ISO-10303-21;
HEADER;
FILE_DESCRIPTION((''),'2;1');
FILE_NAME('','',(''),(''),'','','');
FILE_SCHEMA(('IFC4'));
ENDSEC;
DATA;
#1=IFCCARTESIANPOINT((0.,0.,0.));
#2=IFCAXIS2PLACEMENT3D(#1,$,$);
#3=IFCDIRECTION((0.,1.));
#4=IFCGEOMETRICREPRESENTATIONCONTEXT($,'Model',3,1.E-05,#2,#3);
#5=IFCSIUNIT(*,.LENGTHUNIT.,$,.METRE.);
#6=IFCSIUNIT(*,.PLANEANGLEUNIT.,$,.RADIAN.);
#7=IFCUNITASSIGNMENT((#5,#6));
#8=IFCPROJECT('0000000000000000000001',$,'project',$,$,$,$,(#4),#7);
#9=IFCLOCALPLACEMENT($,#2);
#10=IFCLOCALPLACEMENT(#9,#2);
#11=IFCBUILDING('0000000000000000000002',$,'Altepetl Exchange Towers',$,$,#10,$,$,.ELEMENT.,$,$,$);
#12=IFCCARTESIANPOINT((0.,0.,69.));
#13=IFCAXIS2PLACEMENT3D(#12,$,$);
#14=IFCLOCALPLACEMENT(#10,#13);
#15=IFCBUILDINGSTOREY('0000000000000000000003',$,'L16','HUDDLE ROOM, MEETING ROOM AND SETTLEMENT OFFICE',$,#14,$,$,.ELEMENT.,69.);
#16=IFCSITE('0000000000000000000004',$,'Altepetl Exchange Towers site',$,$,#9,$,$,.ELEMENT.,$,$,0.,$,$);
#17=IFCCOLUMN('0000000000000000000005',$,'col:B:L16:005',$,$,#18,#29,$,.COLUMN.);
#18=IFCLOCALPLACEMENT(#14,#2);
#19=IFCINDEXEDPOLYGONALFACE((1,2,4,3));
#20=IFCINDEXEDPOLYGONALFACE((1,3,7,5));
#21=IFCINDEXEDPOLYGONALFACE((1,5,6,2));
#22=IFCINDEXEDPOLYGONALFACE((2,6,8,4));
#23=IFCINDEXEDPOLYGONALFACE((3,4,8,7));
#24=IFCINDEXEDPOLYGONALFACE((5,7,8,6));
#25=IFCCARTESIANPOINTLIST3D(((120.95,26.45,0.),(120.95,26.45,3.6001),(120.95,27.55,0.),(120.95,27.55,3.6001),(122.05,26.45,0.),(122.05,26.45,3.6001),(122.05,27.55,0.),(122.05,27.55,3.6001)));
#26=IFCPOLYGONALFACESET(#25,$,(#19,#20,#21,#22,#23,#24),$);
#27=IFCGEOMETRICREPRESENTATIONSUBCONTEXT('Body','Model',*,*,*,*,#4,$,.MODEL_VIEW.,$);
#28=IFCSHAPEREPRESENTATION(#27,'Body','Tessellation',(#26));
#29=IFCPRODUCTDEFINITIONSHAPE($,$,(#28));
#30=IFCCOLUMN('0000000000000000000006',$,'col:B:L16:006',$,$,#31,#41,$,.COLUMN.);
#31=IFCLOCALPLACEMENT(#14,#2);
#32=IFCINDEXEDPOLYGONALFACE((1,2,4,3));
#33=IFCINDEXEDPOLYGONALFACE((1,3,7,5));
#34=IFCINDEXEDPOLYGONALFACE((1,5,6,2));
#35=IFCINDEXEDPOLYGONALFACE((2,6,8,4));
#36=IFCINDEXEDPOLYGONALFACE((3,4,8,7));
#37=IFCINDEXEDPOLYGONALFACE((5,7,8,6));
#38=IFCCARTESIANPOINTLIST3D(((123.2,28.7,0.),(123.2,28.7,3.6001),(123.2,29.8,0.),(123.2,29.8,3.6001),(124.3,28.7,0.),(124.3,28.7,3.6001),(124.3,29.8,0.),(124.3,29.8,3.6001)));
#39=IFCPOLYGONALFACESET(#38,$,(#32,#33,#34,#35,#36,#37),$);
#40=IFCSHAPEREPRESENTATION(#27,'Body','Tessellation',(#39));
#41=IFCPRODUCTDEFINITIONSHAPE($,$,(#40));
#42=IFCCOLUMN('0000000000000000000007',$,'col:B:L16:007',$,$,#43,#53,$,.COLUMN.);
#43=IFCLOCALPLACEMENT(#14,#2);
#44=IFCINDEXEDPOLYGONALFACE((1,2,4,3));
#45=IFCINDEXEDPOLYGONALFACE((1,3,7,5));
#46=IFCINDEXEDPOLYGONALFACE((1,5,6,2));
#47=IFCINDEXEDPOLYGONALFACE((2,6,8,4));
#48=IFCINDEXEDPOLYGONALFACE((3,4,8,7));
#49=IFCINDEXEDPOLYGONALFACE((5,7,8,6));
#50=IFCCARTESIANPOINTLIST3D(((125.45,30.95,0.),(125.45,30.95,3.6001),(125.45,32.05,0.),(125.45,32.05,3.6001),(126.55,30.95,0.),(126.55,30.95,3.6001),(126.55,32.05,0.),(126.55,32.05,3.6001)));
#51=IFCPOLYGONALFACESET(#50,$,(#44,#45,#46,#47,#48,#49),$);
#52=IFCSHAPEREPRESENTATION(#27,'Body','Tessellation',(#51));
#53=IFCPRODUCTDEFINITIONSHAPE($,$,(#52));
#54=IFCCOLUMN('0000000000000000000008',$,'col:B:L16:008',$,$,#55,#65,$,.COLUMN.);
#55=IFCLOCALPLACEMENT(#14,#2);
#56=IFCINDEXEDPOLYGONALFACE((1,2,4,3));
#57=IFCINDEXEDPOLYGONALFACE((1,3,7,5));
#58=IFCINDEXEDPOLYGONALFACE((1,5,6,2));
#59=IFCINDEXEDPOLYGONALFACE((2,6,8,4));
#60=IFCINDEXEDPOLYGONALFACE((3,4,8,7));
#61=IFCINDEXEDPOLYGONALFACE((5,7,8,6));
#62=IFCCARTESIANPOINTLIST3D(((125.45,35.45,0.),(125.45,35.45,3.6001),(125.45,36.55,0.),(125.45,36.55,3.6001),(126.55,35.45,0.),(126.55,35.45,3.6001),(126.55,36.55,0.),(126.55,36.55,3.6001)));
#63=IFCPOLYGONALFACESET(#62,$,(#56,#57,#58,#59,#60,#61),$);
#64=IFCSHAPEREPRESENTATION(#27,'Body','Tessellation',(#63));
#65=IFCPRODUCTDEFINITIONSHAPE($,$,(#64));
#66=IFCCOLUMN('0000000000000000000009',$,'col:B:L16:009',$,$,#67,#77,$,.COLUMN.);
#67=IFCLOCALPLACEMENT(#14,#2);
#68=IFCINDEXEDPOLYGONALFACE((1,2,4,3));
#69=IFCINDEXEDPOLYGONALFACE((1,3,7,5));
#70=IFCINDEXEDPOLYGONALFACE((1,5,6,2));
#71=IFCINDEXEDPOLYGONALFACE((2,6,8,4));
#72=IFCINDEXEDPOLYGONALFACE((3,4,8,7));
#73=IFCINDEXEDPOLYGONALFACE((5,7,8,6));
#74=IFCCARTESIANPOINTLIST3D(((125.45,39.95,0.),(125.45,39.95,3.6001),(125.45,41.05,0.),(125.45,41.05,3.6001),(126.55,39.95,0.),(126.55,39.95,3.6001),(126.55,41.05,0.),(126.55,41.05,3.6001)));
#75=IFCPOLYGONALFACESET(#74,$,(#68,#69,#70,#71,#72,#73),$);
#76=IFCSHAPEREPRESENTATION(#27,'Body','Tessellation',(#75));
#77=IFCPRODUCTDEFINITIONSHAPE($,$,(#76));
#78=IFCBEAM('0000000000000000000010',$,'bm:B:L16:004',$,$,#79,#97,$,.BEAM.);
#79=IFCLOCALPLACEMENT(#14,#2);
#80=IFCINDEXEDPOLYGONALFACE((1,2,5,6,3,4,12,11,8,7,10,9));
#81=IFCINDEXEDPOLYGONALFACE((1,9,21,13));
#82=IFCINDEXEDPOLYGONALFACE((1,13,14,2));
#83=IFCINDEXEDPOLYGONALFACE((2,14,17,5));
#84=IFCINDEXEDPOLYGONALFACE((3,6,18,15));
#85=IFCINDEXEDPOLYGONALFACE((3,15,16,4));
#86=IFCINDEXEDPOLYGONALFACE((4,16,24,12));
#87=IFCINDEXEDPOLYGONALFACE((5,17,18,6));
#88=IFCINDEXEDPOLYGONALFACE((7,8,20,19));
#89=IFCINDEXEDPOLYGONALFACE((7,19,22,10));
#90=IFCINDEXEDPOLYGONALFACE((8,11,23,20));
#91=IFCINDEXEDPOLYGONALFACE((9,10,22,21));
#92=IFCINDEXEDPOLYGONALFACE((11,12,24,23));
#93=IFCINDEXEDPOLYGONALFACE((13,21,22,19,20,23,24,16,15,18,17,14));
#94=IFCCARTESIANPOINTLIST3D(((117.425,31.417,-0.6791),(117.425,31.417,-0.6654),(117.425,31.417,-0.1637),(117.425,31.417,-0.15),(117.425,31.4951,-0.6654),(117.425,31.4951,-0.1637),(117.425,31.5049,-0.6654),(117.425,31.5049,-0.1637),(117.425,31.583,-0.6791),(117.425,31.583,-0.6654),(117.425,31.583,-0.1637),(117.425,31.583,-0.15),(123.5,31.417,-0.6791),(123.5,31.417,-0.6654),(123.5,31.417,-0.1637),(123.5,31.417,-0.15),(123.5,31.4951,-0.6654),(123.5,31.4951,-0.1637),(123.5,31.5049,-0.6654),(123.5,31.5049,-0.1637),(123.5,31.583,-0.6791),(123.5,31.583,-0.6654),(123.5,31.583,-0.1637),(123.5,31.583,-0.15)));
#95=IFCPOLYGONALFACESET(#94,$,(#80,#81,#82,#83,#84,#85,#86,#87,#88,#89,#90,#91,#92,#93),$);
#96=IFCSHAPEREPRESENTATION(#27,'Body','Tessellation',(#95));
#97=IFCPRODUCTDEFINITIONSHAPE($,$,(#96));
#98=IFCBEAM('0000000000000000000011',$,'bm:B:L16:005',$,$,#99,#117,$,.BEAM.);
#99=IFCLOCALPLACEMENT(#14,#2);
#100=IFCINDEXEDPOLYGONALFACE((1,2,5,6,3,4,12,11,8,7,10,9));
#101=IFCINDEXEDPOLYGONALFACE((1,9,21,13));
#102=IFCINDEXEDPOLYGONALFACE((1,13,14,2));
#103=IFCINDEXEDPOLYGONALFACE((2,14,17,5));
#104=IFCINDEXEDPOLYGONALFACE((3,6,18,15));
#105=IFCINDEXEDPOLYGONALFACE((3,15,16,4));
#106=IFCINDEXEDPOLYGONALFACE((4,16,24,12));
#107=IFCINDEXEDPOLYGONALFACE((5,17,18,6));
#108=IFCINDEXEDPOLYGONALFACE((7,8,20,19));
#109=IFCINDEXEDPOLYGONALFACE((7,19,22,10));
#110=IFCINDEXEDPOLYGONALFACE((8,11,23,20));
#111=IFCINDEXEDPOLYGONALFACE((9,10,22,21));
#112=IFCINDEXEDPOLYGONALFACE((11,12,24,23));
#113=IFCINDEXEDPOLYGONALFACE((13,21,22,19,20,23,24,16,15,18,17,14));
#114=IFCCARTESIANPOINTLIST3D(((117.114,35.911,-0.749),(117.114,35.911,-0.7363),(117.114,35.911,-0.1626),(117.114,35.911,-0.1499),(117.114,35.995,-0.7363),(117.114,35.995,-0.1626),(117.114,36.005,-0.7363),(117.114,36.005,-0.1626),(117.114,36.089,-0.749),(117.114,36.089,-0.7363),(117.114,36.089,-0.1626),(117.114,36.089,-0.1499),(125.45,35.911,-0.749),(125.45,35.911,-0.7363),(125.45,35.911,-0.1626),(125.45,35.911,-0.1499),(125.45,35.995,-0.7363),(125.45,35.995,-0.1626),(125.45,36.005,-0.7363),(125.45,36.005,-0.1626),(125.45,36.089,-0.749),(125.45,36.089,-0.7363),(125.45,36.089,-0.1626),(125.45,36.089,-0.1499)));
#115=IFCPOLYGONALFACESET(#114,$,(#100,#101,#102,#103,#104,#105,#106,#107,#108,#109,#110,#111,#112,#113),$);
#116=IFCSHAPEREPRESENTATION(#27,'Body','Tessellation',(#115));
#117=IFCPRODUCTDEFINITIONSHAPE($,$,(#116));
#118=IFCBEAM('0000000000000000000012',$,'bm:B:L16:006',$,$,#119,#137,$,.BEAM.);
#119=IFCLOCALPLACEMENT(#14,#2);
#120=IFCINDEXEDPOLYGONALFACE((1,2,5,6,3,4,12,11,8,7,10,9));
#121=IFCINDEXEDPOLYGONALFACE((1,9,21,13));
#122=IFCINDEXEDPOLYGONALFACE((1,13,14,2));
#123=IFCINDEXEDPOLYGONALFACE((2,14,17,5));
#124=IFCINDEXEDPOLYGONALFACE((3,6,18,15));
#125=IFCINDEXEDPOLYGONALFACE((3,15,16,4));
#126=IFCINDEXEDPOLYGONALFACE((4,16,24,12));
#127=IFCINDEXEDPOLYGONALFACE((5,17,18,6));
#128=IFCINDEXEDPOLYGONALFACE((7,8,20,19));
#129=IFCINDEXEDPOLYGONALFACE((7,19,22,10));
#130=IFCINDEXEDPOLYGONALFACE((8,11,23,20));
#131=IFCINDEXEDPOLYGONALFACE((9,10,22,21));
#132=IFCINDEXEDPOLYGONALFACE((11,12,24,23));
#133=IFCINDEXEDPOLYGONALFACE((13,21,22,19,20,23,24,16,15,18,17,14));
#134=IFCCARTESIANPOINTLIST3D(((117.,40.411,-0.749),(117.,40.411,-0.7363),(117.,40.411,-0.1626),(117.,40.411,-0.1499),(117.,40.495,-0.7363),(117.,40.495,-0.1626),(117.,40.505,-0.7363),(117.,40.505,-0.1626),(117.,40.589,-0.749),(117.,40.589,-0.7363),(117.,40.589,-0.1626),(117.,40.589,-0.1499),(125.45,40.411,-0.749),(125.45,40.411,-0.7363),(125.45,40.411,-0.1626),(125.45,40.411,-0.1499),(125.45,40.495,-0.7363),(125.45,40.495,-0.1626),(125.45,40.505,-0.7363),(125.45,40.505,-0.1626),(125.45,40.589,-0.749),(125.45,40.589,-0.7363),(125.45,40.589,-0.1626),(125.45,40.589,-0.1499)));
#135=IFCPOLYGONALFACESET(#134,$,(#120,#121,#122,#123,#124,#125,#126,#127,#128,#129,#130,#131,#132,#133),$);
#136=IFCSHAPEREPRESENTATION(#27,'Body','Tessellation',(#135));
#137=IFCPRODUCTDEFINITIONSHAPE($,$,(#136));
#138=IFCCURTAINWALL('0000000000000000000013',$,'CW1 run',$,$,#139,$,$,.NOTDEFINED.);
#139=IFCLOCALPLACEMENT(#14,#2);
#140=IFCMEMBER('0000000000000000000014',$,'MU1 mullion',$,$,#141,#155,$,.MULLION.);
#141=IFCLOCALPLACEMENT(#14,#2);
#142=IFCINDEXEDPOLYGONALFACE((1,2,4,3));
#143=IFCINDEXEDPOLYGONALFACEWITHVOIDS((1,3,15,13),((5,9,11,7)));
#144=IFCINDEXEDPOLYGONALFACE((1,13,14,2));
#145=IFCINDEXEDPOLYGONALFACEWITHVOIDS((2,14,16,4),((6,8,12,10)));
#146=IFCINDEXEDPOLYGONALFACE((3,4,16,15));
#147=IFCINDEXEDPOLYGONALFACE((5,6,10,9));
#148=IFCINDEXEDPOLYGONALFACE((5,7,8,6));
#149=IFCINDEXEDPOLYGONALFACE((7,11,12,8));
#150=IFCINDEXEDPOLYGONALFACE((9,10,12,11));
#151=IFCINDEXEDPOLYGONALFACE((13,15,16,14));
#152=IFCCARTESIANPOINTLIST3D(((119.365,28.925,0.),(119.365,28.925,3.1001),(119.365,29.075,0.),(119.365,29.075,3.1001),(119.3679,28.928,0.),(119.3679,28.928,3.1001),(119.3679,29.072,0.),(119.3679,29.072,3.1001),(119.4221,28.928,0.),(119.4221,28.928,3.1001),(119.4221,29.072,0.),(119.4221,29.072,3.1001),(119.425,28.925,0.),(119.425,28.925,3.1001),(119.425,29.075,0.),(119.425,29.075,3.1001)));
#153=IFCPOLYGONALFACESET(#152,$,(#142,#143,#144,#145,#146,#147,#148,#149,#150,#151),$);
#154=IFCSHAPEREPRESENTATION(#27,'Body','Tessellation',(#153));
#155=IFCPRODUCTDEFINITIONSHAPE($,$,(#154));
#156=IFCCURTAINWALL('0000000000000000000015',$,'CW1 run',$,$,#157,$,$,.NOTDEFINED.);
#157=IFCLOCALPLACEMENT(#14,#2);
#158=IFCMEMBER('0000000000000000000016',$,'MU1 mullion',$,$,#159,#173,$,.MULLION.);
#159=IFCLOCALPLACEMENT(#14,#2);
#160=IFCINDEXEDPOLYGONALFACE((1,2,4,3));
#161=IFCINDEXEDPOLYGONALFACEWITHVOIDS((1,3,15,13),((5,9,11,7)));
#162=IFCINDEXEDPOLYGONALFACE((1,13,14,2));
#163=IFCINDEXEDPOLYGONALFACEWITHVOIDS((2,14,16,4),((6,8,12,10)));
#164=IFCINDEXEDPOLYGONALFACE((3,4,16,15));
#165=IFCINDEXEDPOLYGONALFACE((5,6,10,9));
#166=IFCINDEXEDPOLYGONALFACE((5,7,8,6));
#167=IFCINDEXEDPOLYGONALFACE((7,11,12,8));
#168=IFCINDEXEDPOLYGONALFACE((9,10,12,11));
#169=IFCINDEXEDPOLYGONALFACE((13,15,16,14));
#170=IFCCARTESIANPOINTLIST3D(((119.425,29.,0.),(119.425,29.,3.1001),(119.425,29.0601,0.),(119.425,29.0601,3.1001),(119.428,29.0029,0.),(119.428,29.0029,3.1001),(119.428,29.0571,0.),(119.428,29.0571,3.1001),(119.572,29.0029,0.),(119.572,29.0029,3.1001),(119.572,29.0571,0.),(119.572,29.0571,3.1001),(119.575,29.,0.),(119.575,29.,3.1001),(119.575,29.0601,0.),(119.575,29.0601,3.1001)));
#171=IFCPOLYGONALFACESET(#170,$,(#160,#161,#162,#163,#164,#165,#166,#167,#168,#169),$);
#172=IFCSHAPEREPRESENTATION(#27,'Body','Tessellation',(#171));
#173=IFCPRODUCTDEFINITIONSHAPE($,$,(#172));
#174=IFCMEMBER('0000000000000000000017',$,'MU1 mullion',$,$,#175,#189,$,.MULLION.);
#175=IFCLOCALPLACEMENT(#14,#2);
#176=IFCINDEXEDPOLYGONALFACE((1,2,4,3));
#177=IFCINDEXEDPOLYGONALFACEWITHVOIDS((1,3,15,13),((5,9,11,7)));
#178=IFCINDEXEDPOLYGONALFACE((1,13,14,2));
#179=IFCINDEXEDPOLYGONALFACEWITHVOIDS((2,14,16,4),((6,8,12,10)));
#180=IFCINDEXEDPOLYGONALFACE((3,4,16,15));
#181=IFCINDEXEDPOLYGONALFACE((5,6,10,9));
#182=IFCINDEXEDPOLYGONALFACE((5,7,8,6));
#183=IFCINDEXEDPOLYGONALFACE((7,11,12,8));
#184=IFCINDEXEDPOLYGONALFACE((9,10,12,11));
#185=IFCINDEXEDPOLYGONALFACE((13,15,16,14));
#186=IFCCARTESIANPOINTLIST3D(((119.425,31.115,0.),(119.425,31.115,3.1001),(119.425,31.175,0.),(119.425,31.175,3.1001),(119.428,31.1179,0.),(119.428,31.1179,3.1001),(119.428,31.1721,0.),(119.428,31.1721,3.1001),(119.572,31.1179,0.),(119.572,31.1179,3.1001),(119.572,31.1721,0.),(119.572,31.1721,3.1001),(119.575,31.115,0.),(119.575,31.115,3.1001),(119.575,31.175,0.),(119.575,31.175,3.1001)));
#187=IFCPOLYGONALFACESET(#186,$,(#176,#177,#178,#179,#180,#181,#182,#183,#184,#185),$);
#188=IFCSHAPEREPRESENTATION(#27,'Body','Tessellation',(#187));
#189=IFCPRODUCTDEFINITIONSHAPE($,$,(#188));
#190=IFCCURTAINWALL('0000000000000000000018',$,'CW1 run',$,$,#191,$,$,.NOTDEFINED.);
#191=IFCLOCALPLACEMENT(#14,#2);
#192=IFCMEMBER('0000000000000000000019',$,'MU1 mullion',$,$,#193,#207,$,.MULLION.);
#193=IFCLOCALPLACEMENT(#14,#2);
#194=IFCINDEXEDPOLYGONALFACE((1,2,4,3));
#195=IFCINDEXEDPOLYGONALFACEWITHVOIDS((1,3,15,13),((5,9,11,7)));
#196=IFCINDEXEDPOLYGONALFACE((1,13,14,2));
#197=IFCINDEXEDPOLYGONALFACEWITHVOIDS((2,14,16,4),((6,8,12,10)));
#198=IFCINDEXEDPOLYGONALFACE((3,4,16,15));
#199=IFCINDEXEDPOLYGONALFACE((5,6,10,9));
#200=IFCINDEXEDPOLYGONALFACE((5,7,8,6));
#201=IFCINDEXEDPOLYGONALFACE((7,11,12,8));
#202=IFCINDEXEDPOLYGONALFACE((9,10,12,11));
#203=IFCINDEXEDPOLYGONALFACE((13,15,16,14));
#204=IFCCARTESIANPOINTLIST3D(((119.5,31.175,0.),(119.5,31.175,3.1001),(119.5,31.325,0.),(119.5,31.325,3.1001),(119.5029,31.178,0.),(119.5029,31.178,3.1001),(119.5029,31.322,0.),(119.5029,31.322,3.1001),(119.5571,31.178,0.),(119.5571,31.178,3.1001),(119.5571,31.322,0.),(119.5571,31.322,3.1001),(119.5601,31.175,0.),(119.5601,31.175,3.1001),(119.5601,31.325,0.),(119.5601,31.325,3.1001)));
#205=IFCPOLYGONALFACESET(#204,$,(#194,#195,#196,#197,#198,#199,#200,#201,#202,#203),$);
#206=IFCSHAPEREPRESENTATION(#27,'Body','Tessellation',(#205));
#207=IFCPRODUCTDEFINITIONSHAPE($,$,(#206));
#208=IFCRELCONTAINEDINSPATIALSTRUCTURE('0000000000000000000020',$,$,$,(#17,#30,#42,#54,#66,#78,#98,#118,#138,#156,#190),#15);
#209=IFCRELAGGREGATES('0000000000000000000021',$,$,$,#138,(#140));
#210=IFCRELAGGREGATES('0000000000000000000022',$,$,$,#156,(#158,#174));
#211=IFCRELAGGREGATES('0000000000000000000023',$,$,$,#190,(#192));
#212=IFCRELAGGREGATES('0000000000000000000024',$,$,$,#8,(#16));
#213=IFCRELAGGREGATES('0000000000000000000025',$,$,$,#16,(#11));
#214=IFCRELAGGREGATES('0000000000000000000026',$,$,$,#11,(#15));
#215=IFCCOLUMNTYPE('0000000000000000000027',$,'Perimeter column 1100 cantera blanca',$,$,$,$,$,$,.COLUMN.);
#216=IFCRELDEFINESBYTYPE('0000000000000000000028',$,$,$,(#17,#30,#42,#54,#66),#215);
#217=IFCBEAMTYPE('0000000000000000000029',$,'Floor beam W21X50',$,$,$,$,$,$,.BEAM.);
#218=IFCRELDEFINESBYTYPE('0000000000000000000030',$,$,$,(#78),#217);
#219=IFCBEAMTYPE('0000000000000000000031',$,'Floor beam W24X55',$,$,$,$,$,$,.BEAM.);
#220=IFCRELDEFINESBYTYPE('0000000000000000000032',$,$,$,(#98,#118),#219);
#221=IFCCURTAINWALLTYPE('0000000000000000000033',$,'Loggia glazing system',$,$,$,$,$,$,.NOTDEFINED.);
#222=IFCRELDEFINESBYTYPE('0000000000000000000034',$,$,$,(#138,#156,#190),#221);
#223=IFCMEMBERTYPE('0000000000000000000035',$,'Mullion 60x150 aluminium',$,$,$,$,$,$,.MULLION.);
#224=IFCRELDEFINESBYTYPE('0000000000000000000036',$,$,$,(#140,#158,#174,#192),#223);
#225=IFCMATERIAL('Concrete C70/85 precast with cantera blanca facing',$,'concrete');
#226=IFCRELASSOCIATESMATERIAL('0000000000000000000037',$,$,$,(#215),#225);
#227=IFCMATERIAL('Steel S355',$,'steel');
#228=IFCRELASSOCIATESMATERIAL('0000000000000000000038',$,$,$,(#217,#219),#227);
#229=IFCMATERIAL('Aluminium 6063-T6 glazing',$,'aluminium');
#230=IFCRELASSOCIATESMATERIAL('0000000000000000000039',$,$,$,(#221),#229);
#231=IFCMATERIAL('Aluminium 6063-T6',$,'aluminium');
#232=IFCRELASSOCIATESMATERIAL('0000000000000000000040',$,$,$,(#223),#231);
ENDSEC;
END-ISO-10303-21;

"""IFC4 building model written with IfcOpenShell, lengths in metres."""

from ifc_helpers import new_model, si_unit, direction, frame, origin, origin_2d, place, context, subcontext, project, spatial, rectangle, hollow_rectangle, i_section, extrude, material, material_profile, profile_set, type_object, element, aggregate, save


model = new_model("IFC4")

# Units and contexts
model_context = context("Model", 3, precision=1e-05, world=origin(), true_north=direction((0.0, 1.0)))
body_context = subcontext(model_context, "Body", "Model", "MODEL_VIEW")
ifc_project = project(units=[si_unit("LENGTHUNIT", "METRE"), si_unit("PLANEANGLEUNIT", "RADIAN")], contexts=[model_context])

# Site, building, storey
site_placement = place(None, origin())
site = spatial("IfcSite", under=ifc_project, at=site_placement, Name="Altepetl Exchange Towers site", CompositionType="ELEMENT", RefElevation=0.0)
building_placement = place(site_placement, origin())
building = spatial("IfcBuilding", under=site, at=building_placement, Name="Altepetl Exchange Towers", CompositionType="ELEMENT")
storey_placement = place(building_placement, frame((0.0, 0.0, 69.0)))
storey = spatial("IfcBuildingStorey", under=building, at=storey_placement, Name="L16", Description="HUDDLE ROOM, MEETING ROOM AND SETTLEMENT OFFICE", CompositionType="ELEMENT", Elevation=69.0)

# Columns
ifc_material_1 = material(Name="Concrete C70/85 precast with cantera blanca facing", Category="concrete")
ifc_material_profile_1 = material_profile(ifc_material_1, rectangle(XDim=1.1001, YDim=1.1001, at=origin_2d()), Name="1100 x 1100")
ifc_profile_set_1 = profile_set([ifc_material_profile_1], Name="Concrete C70/85 precast with cantera blanca facing")
column_type = type_object("IfcColumnType", Name="Perimeter column 1100 cantera blanca", PredefinedType="COLUMN", material=ifc_profile_set_1)
for number, where, name in (
    (1, (121.5, 27.0, 0.0), "col:B:L16:005"),
    (2, (123.75, 29.25, 0.0), "col:B:L16:006"),
    (3, (126.0, 31.5, 0.0), "col:B:L16:007"),
    (4, (126.0, 36.0, 0.0), "col:B:L16:008"),
    (5, (126.0, 40.5, 0.0), "col:B:L16:009"),
):
    element("IfcColumn", number, at=place(storey_placement, frame(where)), inside=storey, type_object=column_type, Name=name, PredefinedType="COLUMN", context=body_context, shape_type="SweptSolid", body=[
        extrude(rectangle(XDim=1.1001, YDim=1.1001, at=origin_2d()), origin(), (0.0, 0.0, 1.0), 3.6001),
    ])

# Beams
ifc_material_2 = material(Name="Steel S355", Category="steel")
ifc_material_profile_2 = material_profile(ifc_material_2, i_section(OverallWidth=0.166, OverallDepth=0.5291, WebThickness=0.0098, FlangeThickness=0.0137, at=origin_2d()), Name="W21X50")
ifc_profile_set_2 = profile_set([ifc_material_profile_2], Name="Steel S355")
beam_type_1 = type_object("IfcBeamType", Name="Floor beam W21X50", PredefinedType="BEAM", material=ifc_profile_set_2)
beam_1_placement = place(storey_placement, frame((117.425, 31.5, -0.4146), z_axis=(1.0, 0.0, 0.0), x_axis=(0.0, 1.0, 0.0)))
element("IfcBeam", 6, at=beam_1_placement, inside=storey, type_object=beam_type_1, Name="bm:B:L16:004", PredefinedType="BEAM", context=body_context, shape_type="SweptSolid", body=[
    extrude(i_section(OverallWidth=0.166, OverallDepth=0.5291, WebThickness=0.0098, FlangeThickness=0.0137, at=origin_2d()), origin(), (0.0, 0.0, 1.0), 6.075),
])
ifc_material_profile_3 = material_profile(ifc_material_2, i_section(OverallWidth=0.178, OverallDepth=0.5991, WebThickness=0.01, FlangeThickness=0.0127, at=origin_2d()), Name="W24X55")
ifc_profile_set_3 = profile_set([ifc_material_profile_3], Name="Steel S355")
beam_type_2 = type_object("IfcBeamType", Name="Floor beam W24X55", PredefinedType="BEAM", material=ifc_profile_set_3)
beam_2_placement = place(storey_placement, frame((117.114, 36.0, -0.4495), z_axis=(1.0, 0.0, 0.0), x_axis=(0.0, 1.0, 0.0)))
element("IfcBeam", 7, at=beam_2_placement, inside=storey, type_object=beam_type_2, Name="bm:B:L16:005", PredefinedType="BEAM", context=body_context, shape_type="SweptSolid", body=[
    extrude(i_section(OverallWidth=0.178, OverallDepth=0.5991, WebThickness=0.01, FlangeThickness=0.0127, at=origin_2d()), origin(), (0.0, 0.0, 1.0), 8.3359),
])
beam_3_placement = place(storey_placement, frame((117.0, 40.5, -0.4495), z_axis=(1.0, 0.0, 0.0), x_axis=(0.0, 1.0, 0.0)))
element("IfcBeam", 8, at=beam_3_placement, inside=storey, type_object=beam_type_2, Name="bm:B:L16:006", PredefinedType="BEAM", context=body_context, shape_type="SweptSolid", body=[
    extrude(i_section(OverallWidth=0.178, OverallDepth=0.5991, WebThickness=0.01, FlangeThickness=0.0127, at=origin_2d()), origin(), (0.0, 0.0, 1.0), 8.45),
])

# Curtain wall, member
ifc_material_3 = material(Name="Aluminium 6063-T6 glazing", Category="aluminium")
curtain_wall_type = type_object("IfcCurtainWallType", Name="Loggia glazing system", PredefinedType="NOTDEFINED", material=ifc_material_3)
curtain_wall_1_placement = place(storey_placement, origin())
curtain_wall_1 = element("IfcCurtainWall", 9, at=curtain_wall_1_placement, inside=storey, type_object=curtain_wall_type, Name="CW1 run", PredefinedType="NOTDEFINED")
ifc_material_4 = material(Name="Aluminium 6063-T6", Category="aluminium")
ifc_material_profile_4 = material_profile(ifc_material_4, hollow_rectangle(XDim=0.0601, YDim=0.1499, WallThickness=0.0029, at=origin_2d()), Name="Mullion 60x150 aluminium")
ifc_profile_set_4 = profile_set([ifc_material_profile_4], Name="Aluminium 6063-T6")
member_type = type_object("IfcMemberType", Name="Mullion 60x150 aluminium", PredefinedType="MULLION", material=ifc_profile_set_4)
member_1_placement = place(storey_placement, frame((119.395, 29.0, 0.0)))
member_1 = element("IfcMember", 10, at=member_1_placement, type_object=member_type, Name="MU1 mullion", PredefinedType="MULLION", context=body_context, shape_type="SweptSolid", body=[
    extrude(hollow_rectangle(XDim=0.0601, YDim=0.1499, WallThickness=0.0029, at=origin_2d()), origin(), (0.0, 0.0, 1.0), 3.1001),
])

# Curtain walls, members
curtain_wall_2_placement = place(storey_placement, origin())
curtain_wall_2 = element("IfcCurtainWall", 11, at=curtain_wall_2_placement, inside=storey, type_object=curtain_wall_type, Name="CW1 run", PredefinedType="NOTDEFINED")
member_2_placement = place(storey_placement, frame((119.5, 29.03, 0.0), z_axis=(0.0, 0.0, 1.0), x_axis=(0.0, 1.0, 0.0)))
member_2 = element("IfcMember", 12, at=member_2_placement, type_object=member_type, Name="MU1 mullion", PredefinedType="MULLION", context=body_context, shape_type="SweptSolid", body=[
    extrude(hollow_rectangle(XDim=0.0601, YDim=0.1499, WallThickness=0.0029, at=origin_2d()), origin(), (0.0, 0.0, 1.0), 3.1001),
])
member_3_placement = place(storey_placement, frame((119.5, 31.145, 0.0), z_axis=(0.0, 0.0, 1.0), x_axis=(0.0, 1.0, 0.0)))
member_3 = element("IfcMember", 13, at=member_3_placement, type_object=member_type, Name="MU1 mullion", PredefinedType="MULLION", context=body_context, shape_type="SweptSolid", body=[
    extrude(hollow_rectangle(XDim=0.0601, YDim=0.1499, WallThickness=0.0029, at=origin_2d()), origin(), (0.0, 0.0, 1.0), 3.1001),
])
curtain_wall_3_placement = place(storey_placement, origin())
curtain_wall_3 = element("IfcCurtainWall", 14, at=curtain_wall_3_placement, inside=storey, type_object=curtain_wall_type, Name="CW1 run", PredefinedType="NOTDEFINED")
member_4_placement = place(storey_placement, frame((119.53, 31.25, 0.0)))
member_4 = element("IfcMember", 15, at=member_4_placement, type_object=member_type, Name="MU1 mullion", PredefinedType="MULLION", context=body_context, shape_type="SweptSolid", body=[
    extrude(hollow_rectangle(XDim=0.0601, YDim=0.1499, WallThickness=0.0029, at=origin_2d()), origin(), (0.0, 0.0, 1.0), 3.1001),
])

aggregate(curtain_wall_1, [member_1])
aggregate(curtain_wall_2, [member_2, member_3])
aggregate(curtain_wall_3, [member_4])

save(model, "model.ifc")
